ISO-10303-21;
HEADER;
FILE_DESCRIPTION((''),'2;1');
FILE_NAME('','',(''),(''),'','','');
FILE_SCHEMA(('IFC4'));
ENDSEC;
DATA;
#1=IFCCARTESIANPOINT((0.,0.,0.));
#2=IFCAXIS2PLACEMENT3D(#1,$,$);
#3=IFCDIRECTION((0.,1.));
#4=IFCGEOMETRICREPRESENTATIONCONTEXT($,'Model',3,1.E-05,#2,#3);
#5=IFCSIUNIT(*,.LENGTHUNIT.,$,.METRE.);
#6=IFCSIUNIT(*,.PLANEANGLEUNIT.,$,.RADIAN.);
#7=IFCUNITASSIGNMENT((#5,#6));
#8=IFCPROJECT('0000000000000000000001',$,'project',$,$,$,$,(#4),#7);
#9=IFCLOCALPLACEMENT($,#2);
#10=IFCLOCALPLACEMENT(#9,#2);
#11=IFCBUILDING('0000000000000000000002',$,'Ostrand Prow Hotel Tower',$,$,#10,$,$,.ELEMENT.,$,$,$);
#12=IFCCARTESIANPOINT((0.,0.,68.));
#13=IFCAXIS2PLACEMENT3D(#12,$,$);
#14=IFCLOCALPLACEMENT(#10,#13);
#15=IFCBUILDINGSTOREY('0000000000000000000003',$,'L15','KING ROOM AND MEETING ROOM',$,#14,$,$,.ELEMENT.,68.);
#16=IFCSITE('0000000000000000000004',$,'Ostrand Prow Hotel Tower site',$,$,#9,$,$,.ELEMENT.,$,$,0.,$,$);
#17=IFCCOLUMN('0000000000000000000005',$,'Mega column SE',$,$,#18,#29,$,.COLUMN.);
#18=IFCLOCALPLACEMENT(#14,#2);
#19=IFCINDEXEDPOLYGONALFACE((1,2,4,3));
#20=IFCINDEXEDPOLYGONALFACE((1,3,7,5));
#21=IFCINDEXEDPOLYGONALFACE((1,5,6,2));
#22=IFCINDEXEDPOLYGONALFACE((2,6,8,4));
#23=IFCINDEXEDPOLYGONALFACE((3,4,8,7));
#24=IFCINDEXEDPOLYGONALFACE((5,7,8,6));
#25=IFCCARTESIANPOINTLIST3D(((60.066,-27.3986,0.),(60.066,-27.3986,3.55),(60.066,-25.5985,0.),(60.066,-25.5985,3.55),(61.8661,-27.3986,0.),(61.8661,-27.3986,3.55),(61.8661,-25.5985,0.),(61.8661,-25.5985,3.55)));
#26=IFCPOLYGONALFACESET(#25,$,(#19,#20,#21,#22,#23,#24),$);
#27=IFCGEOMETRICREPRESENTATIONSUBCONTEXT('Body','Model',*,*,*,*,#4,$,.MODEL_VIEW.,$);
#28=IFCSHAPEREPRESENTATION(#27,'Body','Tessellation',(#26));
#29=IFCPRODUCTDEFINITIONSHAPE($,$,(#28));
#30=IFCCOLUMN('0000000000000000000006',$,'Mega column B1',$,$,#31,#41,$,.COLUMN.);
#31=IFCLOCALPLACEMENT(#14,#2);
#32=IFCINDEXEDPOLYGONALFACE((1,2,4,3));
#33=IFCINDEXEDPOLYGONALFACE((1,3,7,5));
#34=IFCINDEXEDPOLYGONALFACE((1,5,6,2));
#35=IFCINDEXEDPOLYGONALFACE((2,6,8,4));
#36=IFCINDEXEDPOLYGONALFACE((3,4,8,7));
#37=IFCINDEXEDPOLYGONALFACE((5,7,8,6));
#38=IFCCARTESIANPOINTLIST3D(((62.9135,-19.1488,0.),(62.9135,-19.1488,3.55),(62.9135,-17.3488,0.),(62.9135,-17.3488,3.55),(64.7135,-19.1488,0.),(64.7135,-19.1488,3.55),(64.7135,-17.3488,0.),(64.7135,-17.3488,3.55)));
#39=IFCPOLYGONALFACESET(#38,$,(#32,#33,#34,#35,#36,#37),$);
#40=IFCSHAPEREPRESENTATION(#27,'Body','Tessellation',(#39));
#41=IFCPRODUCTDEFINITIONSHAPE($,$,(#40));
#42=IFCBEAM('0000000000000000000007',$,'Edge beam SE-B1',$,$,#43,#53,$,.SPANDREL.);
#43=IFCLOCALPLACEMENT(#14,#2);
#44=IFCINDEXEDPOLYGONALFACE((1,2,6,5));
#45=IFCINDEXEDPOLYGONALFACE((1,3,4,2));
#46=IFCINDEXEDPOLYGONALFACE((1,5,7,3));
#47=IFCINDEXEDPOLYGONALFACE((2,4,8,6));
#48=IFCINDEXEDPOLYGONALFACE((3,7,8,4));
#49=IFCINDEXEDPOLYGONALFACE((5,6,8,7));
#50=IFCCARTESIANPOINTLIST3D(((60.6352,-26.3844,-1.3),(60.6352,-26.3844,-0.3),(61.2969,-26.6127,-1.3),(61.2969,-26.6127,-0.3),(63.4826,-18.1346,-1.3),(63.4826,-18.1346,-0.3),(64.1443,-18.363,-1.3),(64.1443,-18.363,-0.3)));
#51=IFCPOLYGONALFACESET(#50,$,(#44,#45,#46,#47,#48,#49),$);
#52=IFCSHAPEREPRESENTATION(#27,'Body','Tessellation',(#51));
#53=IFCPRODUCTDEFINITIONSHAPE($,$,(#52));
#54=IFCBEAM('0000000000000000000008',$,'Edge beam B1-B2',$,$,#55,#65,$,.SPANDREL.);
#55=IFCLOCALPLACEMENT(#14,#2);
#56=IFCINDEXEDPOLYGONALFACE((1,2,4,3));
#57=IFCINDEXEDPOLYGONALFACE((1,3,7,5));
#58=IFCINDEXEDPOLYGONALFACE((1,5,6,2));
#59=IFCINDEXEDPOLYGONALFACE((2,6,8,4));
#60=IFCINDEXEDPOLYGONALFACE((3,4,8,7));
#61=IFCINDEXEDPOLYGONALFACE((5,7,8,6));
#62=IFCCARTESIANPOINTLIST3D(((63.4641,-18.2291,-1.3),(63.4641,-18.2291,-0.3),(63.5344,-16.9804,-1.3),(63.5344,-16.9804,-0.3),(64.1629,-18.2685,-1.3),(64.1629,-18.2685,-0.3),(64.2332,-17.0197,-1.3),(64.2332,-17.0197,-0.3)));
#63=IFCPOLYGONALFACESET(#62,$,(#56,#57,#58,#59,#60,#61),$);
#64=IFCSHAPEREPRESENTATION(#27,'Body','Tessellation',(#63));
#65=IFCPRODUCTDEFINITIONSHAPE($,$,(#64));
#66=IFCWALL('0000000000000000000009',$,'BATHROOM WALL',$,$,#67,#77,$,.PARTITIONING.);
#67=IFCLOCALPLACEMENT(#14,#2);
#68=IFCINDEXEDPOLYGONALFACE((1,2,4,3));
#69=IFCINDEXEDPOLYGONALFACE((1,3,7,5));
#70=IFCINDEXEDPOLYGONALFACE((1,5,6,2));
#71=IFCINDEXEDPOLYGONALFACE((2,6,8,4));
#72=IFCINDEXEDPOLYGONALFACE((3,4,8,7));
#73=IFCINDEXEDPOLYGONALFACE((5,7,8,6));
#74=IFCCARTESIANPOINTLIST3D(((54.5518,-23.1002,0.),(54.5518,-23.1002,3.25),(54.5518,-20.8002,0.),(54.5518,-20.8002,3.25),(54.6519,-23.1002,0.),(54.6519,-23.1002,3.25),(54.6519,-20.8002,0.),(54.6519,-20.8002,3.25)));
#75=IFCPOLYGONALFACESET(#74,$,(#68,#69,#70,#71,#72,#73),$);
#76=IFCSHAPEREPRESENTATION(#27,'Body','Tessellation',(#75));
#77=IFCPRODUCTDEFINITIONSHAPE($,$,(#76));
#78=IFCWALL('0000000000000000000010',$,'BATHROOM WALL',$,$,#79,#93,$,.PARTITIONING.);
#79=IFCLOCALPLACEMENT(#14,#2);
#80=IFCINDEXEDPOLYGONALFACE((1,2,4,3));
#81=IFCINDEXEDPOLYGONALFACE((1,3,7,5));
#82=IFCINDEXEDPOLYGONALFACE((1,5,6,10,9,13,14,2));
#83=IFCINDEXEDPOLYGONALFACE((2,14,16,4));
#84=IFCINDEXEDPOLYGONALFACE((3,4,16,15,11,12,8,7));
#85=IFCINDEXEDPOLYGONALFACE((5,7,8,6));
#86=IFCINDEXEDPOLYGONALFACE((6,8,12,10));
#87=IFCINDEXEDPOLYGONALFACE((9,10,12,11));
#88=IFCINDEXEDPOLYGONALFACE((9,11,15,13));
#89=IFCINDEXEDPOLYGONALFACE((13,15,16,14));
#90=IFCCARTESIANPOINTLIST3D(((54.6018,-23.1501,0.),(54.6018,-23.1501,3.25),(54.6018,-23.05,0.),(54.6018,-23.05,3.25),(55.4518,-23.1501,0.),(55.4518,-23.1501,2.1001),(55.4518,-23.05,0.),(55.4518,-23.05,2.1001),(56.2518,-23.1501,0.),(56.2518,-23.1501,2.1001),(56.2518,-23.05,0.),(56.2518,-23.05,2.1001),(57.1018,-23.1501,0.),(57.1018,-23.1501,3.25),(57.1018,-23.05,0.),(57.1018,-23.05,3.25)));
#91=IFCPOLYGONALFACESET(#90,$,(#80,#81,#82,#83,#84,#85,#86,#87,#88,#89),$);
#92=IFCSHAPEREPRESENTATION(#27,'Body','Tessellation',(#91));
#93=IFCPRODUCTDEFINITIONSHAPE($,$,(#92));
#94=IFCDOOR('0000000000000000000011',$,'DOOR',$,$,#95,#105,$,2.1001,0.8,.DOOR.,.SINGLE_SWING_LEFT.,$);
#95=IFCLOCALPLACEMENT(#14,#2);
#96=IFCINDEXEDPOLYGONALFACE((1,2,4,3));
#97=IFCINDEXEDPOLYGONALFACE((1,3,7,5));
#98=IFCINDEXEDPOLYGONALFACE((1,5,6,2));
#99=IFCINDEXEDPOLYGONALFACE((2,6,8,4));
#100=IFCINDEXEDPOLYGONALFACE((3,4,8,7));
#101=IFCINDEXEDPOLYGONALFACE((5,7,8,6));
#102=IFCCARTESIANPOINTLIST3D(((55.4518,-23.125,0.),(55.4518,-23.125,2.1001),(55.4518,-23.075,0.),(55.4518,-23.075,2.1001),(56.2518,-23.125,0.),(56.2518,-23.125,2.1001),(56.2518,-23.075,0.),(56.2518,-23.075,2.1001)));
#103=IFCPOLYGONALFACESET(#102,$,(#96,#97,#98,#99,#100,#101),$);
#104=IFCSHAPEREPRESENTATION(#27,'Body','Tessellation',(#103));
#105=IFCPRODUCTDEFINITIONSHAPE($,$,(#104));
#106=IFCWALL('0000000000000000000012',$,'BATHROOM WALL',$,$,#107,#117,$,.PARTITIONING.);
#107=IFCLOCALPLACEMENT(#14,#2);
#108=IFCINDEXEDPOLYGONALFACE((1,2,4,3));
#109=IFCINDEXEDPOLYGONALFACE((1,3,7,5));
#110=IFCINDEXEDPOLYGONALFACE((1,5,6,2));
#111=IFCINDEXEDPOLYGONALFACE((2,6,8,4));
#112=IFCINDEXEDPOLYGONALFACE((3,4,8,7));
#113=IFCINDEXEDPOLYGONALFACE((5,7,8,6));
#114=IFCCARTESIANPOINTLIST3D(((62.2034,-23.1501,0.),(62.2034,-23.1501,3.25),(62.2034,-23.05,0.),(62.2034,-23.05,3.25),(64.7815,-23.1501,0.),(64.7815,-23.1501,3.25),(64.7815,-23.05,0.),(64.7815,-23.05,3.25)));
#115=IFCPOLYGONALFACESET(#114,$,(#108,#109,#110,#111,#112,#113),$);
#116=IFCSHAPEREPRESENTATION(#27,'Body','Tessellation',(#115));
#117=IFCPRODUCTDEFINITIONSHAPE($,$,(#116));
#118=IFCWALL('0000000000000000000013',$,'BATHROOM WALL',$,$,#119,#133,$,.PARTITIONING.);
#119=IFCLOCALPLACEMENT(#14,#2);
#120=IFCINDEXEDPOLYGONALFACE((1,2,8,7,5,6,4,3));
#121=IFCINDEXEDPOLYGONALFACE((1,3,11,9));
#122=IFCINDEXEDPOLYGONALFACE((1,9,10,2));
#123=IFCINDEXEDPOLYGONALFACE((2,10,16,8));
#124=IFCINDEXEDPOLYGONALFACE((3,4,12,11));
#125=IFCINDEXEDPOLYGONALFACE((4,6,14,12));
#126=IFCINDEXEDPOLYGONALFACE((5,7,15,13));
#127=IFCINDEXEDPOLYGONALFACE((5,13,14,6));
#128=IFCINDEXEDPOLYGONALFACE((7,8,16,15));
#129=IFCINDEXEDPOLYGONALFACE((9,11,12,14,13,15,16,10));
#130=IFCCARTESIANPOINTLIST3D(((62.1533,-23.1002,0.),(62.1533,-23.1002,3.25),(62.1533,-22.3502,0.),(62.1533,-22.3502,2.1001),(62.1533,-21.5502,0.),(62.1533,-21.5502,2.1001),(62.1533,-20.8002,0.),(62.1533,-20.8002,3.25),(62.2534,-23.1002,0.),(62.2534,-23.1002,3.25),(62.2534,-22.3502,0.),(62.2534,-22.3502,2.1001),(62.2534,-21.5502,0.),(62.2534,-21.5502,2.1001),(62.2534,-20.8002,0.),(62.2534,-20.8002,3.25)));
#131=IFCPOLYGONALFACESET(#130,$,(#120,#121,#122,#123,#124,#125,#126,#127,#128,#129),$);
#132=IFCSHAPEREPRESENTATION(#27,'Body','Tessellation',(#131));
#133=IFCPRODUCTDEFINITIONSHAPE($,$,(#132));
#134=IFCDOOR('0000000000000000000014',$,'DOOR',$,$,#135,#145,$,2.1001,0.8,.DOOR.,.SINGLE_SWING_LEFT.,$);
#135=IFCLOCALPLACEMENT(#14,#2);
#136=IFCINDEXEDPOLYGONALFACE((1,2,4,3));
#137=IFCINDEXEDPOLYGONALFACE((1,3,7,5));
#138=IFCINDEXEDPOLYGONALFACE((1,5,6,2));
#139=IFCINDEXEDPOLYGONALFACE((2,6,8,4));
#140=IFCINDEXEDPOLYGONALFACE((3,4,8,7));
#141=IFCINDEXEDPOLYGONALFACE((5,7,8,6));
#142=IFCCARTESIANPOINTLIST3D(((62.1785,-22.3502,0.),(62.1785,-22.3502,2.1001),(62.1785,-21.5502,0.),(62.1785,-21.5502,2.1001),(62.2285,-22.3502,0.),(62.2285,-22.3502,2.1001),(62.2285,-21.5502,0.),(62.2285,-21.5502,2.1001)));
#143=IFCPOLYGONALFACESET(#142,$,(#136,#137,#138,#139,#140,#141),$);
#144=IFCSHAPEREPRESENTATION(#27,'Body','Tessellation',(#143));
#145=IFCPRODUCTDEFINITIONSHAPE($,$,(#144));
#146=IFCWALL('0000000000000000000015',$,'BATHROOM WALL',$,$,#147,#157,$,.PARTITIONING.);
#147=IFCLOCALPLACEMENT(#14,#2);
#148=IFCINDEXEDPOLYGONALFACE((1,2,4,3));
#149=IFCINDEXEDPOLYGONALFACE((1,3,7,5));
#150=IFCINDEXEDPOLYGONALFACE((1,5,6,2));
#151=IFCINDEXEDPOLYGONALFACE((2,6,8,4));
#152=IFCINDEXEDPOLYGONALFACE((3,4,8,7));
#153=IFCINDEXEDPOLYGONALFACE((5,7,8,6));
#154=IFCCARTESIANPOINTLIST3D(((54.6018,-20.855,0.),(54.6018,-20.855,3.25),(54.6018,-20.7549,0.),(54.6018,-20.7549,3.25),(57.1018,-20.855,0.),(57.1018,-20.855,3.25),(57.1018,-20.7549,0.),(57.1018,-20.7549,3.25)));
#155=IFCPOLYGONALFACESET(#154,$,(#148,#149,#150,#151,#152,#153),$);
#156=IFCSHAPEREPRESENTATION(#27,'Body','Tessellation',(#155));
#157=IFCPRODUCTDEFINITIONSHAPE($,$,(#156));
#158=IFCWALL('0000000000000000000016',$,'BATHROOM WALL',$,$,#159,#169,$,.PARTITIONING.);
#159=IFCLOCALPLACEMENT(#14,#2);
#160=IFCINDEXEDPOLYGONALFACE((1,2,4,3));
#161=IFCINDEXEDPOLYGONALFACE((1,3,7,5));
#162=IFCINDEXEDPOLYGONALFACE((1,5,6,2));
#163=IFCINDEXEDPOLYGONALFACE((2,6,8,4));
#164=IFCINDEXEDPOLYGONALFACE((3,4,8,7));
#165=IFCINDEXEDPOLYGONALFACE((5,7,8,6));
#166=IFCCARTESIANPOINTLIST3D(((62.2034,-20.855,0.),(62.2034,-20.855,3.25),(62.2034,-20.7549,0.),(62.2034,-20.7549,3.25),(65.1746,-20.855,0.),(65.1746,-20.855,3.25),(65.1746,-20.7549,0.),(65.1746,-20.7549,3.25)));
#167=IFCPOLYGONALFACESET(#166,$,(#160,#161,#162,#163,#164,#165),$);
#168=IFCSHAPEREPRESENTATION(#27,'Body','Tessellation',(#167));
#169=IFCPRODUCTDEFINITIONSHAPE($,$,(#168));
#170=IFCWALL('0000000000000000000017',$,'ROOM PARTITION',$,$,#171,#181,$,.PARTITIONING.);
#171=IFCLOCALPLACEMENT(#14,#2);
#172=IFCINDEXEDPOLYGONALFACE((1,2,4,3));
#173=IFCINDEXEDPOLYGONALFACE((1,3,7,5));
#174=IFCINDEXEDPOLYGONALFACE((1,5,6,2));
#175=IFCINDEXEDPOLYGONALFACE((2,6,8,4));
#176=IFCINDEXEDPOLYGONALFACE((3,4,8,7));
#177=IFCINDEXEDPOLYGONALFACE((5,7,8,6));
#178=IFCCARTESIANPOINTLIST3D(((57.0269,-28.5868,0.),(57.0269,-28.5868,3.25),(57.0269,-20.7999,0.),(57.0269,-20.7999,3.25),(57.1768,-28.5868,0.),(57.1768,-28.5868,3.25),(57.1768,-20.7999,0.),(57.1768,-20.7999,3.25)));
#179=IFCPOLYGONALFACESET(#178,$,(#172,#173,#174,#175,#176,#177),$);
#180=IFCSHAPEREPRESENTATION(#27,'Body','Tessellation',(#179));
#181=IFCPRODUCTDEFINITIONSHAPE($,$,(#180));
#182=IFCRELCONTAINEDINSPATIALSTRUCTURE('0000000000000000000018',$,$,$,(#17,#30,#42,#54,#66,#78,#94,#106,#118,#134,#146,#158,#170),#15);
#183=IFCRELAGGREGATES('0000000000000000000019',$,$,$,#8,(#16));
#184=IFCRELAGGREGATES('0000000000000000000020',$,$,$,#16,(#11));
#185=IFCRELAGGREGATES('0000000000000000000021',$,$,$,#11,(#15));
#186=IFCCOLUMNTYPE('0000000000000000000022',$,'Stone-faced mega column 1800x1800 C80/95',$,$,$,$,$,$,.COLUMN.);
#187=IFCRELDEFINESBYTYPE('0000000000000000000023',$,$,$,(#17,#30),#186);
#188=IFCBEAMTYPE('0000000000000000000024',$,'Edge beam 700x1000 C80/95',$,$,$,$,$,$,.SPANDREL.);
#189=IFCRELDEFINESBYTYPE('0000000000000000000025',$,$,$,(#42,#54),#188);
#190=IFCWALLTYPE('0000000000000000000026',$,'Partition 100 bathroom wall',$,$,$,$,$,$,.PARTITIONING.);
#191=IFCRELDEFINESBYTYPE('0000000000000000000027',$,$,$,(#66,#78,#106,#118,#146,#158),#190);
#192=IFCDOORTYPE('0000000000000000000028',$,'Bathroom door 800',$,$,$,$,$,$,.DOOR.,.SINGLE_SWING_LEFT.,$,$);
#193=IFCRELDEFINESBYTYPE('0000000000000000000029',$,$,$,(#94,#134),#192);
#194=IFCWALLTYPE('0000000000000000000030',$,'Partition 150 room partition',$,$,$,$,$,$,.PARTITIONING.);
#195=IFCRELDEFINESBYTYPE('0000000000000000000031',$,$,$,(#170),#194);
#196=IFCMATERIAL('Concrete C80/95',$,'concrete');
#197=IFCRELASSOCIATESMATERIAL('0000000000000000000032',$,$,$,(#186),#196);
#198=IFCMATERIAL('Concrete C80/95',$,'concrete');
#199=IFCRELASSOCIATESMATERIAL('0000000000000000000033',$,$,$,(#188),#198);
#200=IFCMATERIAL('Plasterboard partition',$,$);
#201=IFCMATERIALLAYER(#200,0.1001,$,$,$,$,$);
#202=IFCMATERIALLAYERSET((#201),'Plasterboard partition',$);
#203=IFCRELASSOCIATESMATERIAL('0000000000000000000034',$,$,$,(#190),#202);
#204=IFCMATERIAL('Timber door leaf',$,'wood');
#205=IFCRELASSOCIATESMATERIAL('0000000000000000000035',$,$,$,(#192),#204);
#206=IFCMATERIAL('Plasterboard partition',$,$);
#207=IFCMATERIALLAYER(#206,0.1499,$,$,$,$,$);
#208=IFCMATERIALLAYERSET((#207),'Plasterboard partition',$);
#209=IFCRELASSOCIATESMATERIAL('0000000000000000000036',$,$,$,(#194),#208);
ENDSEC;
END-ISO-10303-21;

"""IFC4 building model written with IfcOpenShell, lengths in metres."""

from ifc_helpers import new_model, si_unit, direction, frame, frame_2d, origin, origin_2d, place, context, subcontext, project, spatial, rectangle, extrude, material, layer, layer_set, material_profile, profile_set, type_object, element, fill, save


model = new_model("IFC4")

# Units and contexts
model_context = context("Model", 3, precision=1e-05, world=origin(), true_north=direction((0.0, 1.0)))
body_context = subcontext(model_context, "Body", "Model", "MODEL_VIEW")
ifc_project = project(units=[si_unit("LENGTHUNIT", "METRE"), si_unit("PLANEANGLEUNIT", "RADIAN")], contexts=[model_context])

# Site, building, storey
site_placement = place(None, origin())
site = spatial("IfcSite", under=ifc_project, at=site_placement, Name="Ostrand Prow Hotel Tower site", CompositionType="ELEMENT", RefElevation=0.0)
building_placement = place(site_placement, origin())
building = spatial("IfcBuilding", under=site, at=building_placement, Name="Ostrand Prow Hotel Tower", CompositionType="ELEMENT")
storey_placement = place(building_placement, frame((0.0, 0.0, 68.0)))
storey = spatial("IfcBuildingStorey", under=building, at=storey_placement, Name="L15", Description="KING ROOM AND MEETING ROOM", CompositionType="ELEMENT", Elevation=68.0)

# Columns
ifc_material_1 = material(Name="Concrete C80/95", Category="concrete")
ifc_material_profile_1 = material_profile(ifc_material_1, rectangle(XDim=1.8, YDim=1.8, at=origin_2d()), Name="RC 1800x1800")
ifc_profile_set_1 = profile_set([ifc_material_profile_1], Name="Concrete C80/95")
column_type = type_object("IfcColumnType", Name="Stone-faced mega column 1800x1800 C80/95", PredefinedType="COLUMN", material=ifc_profile_set_1)
for number, where, z_axis, x_axis, name in (
    (1, (60.9661, -26.4985, 0.0), (0.0, 0.0, 1.0), (1.0, 0.0, 0.0), "Mega column SE"),
    (2, (63.8135, -18.2488, 0.0), (0.0, 0.0, 1.0), (1.0, 0.0, 0.0), "Mega column B1"),
):
    element("IfcColumn", number, at=place(storey_placement, frame(where, z_axis=z_axis, x_axis=x_axis)), inside=storey, type_object=column_type, Name=name, PredefinedType="COLUMN", context=body_context, shape_type="SweptSolid", body=[
        extrude(rectangle(XDim=1.8, YDim=1.8, at=origin_2d()), origin(), (0.0, 0.0, 1.0), 3.55),
    ])

# Beams
ifc_material_2 = material(Name="Concrete C80/95", Category="concrete")
ifc_material_profile_2 = material_profile(ifc_material_2, rectangle(XDim=0.7, YDim=1.0, at=origin_2d()), Name="RC 700x1000")
ifc_profile_set_2 = profile_set([ifc_material_profile_2], Name="Concrete C80/95")
beam_type = type_object("IfcBeamType", Name="Edge beam 700x1000 C80/95", PredefinedType="SPANDREL", material=ifc_profile_set_2)
beam_1_placement = place(storey_placement, frame((60.9661, -26.4985, -0.8), z_axis=(0.326264, 0.945279, 0.0), x_axis=(-0.945279, 0.326264, 0.0)))
element("IfcBeam", 3, at=beam_1_placement, inside=storey, type_object=beam_type, Name="Edge beam SE-B1", PredefinedType="SPANDREL", context=body_context, shape_type="SweptSolid", body=[
    extrude(rectangle(XDim=0.7, YDim=1.0, at=origin_2d()), origin(), (0.0, 0.0, 1.0), 8.7273),
])
beam_2_placement = place(storey_placement, frame((63.8135, -18.2488, -0.8), z_axis=(0.056216, 0.998419, 0.0), x_axis=(-0.998419, 0.056216, 0.0)))
element("IfcBeam", 4, at=beam_2_placement, inside=storey, type_object=beam_type, Name="Edge beam B1-B2", PredefinedType="SPANDREL", context=body_context, shape_type="SweptSolid", body=[
    extrude(rectangle(XDim=0.7, YDim=1.0, at=origin_2d()), origin(), (0.0, 0.0, 1.0), 1.2507),
])

# Wall
ifc_material_3 = material(Name="Plasterboard partition")
ifc_layer_1 = layer(ifc_material_3, 0.1001)
ifc_layer_set_1 = layer_set([ifc_layer_1], Name="Plasterboard partition")
wall_type_1 = type_object("IfcWallType", Name="Partition 100 bathroom wall", PredefinedType="PARTITIONING", material=ifc_layer_set_1)
wall_1_placement = place(storey_placement, frame((54.6018, -23.1001, 0.0), z_axis=(0.0, 0.0, 1.0), x_axis=(0.0, 1.0, 0.0)))
element("IfcWall", 5, at=wall_1_placement, inside=storey, type_object=wall_type_1, Name="BATHROOM WALL", PredefinedType="PARTITIONING", context=body_context, shape_type="SweptSolid", body=[
    extrude(rectangle(XDim=2.3, YDim=0.1001, at=frame_2d((1.1499, 0.0))), origin(), (0.0, 0.0, 1.0), 3.25),
])

# Wall, opening, door
wall_2_placement = place(storey_placement, frame((57.1018, -23.1001, 0.0), z_axis=(0.0, 0.0, 1.0), x_axis=(-1.0, 0.0, 0.0)))
wall_2 = element("IfcWall", 6, at=wall_2_placement, inside=storey, type_object=wall_type_1, Name="BATHROOM WALL", PredefinedType="PARTITIONING", context=body_context, shape_type="SweptSolid", body=[
    extrude(rectangle(XDim=2.5, YDim=0.1001, at=frame_2d((1.25, 0.0))), origin(), (0.0, 0.0, 1.0), 3.25),
])
opening_1_placement = place(wall_2_placement, frame((0.8501, 0.0, 0.0)))
opening_1 = element("IfcOpeningElement", 7, at=opening_1_placement, cuts=wall_2, PredefinedType="OPENING", context=body_context, shape_type="SweptSolid", body=[
    extrude(rectangle(XDim=0.8, YDim=2.1001, at=frame_2d((0.3999, 1.05))), frame((0.0, 0.0601, 0.0), z_axis=(0.0, -1.0, 0.0), x_axis=(1.0, 0.0, 0.0)), (0.0, 0.0, 1.0), 0.1201),
])
ifc_material_4 = material(Name="Timber door leaf", Category="wood")
door_type_1 = type_object("IfcDoorType", Name="Bathroom door 800", OperationType="SINGLE_SWING_LEFT", PredefinedType="DOOR", material=ifc_material_4)
door_1_placement = place(opening_1_placement, origin())
door_1 = element("IfcDoor", 8, at=door_1_placement, inside=storey, type_object=door_type_1, Name="DOOR", OperationType="SINGLE_SWING_LEFT", OverallHeight=2.1001, OverallWidth=0.8, PredefinedType="DOOR", context=body_context, shape_type="SweptSolid", body=[
    extrude(rectangle(XDim=0.8, YDim=2.1001, at=frame_2d((0.3999, 1.05))), frame((0.0, 0.0249, 0.0), z_axis=(0.0, -1.0, 0.0), x_axis=(1.0, 0.0, 0.0)), (0.0, 0.0, 1.0), 0.05),
])
fill(opening_1, door_1)

# Wall
wall_3_placement = place(storey_placement, frame((64.7815, -23.1001, 0.0), z_axis=(0.0, 0.0, 1.0), x_axis=(-1.0, 0.0, 0.0)))
element("IfcWall", 9, at=wall_3_placement, inside=storey, type_object=wall_type_1, Name="BATHROOM WALL", PredefinedType="PARTITIONING", context=body_context, shape_type="SweptSolid", body=[
    extrude(rectangle(XDim=2.5781, YDim=0.1001, at=frame_2d((1.2891, 0.0))), origin(), (0.0, 0.0, 1.0), 3.25),
])

# Wall, opening, door
wall_4_placement = place(storey_placement, frame((62.2034, -23.1001, 0.0), z_axis=(0.0, 0.0, 1.0), x_axis=(0.0, 1.0, 0.0)))
wall_4 = element("IfcWall", 10, at=wall_4_placement, inside=storey, type_object=wall_type_1, Name="BATHROOM WALL", PredefinedType="PARTITIONING", context=body_context, shape_type="SweptSolid", body=[
    extrude(rectangle(XDim=2.3, YDim=0.1001, at=frame_2d((1.1499, 0.0))), origin(), (0.0, 0.0, 1.0), 3.25),
])
opening_2_placement = place(wall_4_placement, frame((0.75, 0.0, 0.0)))
opening_2 = element("IfcOpeningElement", 11, at=opening_2_placement, cuts=wall_4, PredefinedType="OPENING", context=body_context, shape_type="SweptSolid", body=[
    extrude(rectangle(XDim=0.8, YDim=2.1001, at=frame_2d((0.3999, 1.05))), frame((0.0, 0.0601, 0.0), z_axis=(0.0, -1.0, 0.0), x_axis=(1.0, 0.0, 0.0)), (0.0, 0.0, 1.0), 0.1201),
])
door_2_placement = place(opening_2_placement, origin())
door_2 = element("IfcDoor", 12, at=door_2_placement, inside=storey, type_object=door_type_1, Name="DOOR", OperationType="SINGLE_SWING_LEFT", OverallHeight=2.1001, OverallWidth=0.8, PredefinedType="DOOR", context=body_context, shape_type="SweptSolid", body=[
    extrude(rectangle(XDim=0.8, YDim=2.1001, at=frame_2d((0.3999, 1.05))), frame((0.0, 0.0249, 0.0), z_axis=(0.0, -1.0, 0.0), x_axis=(1.0, 0.0, 0.0)), (0.0, 0.0, 1.0), 0.05),
])
fill(opening_2, door_2)

# Walls
wall_5_placement = place(storey_placement, frame((54.6018, -20.8049, 0.0), z_axis=(0.0, 0.0, 1.0), x_axis=(1.0, 0.0, 0.0)))
element("IfcWall", 13, at=wall_5_placement, inside=storey, type_object=wall_type_1, Name="BATHROOM WALL", PredefinedType="PARTITIONING", context=body_context, shape_type="SweptSolid", body=[
    extrude(rectangle(XDim=2.5, YDim=0.1001, at=frame_2d((1.25, 0.0))), origin(), (0.0, 0.0, 1.0), 3.25),
])
wall_6_placement = place(storey_placement, frame((62.2034, -20.8049, 0.0), z_axis=(0.0, 0.0, 1.0), x_axis=(1.0, 0.0, 0.0)))
element("IfcWall", 14, at=wall_6_placement, inside=storey, type_object=wall_type_1, Name="BATHROOM WALL", PredefinedType="PARTITIONING", context=body_context, shape_type="SweptSolid", body=[
    extrude(rectangle(XDim=2.9712, YDim=0.1001, at=frame_2d((1.4856, 0.0))), origin(), (0.0, 0.0, 1.0), 3.25),
])
ifc_material_5 = material(Name="Plasterboard partition")
ifc_layer_2 = layer(ifc_material_5, 0.1499)
ifc_layer_set_2 = layer_set([ifc_layer_2], Name="Plasterboard partition")
wall_type_2 = type_object("IfcWallType", Name="Partition 150 room partition", PredefinedType="PARTITIONING", material=ifc_layer_set_2)
wall_7_placement = place(storey_placement, frame((57.1018, -28.5869, 0.0), z_axis=(0.0, 0.0, 1.0), x_axis=(0.0, 1.0, 0.0)))
element("IfcWall", 15, at=wall_7_placement, inside=storey, type_object=wall_type_2, Name="ROOM PARTITION", PredefinedType="PARTITIONING", context=body_context, shape_type="SweptSolid", body=[
    extrude(rectangle(XDim=7.7869, YDim=0.1499, at=frame_2d((3.8936, 0.0))), origin(), (0.0, 0.0, 1.0), 3.25),
])

save(model, "model.ifc")
